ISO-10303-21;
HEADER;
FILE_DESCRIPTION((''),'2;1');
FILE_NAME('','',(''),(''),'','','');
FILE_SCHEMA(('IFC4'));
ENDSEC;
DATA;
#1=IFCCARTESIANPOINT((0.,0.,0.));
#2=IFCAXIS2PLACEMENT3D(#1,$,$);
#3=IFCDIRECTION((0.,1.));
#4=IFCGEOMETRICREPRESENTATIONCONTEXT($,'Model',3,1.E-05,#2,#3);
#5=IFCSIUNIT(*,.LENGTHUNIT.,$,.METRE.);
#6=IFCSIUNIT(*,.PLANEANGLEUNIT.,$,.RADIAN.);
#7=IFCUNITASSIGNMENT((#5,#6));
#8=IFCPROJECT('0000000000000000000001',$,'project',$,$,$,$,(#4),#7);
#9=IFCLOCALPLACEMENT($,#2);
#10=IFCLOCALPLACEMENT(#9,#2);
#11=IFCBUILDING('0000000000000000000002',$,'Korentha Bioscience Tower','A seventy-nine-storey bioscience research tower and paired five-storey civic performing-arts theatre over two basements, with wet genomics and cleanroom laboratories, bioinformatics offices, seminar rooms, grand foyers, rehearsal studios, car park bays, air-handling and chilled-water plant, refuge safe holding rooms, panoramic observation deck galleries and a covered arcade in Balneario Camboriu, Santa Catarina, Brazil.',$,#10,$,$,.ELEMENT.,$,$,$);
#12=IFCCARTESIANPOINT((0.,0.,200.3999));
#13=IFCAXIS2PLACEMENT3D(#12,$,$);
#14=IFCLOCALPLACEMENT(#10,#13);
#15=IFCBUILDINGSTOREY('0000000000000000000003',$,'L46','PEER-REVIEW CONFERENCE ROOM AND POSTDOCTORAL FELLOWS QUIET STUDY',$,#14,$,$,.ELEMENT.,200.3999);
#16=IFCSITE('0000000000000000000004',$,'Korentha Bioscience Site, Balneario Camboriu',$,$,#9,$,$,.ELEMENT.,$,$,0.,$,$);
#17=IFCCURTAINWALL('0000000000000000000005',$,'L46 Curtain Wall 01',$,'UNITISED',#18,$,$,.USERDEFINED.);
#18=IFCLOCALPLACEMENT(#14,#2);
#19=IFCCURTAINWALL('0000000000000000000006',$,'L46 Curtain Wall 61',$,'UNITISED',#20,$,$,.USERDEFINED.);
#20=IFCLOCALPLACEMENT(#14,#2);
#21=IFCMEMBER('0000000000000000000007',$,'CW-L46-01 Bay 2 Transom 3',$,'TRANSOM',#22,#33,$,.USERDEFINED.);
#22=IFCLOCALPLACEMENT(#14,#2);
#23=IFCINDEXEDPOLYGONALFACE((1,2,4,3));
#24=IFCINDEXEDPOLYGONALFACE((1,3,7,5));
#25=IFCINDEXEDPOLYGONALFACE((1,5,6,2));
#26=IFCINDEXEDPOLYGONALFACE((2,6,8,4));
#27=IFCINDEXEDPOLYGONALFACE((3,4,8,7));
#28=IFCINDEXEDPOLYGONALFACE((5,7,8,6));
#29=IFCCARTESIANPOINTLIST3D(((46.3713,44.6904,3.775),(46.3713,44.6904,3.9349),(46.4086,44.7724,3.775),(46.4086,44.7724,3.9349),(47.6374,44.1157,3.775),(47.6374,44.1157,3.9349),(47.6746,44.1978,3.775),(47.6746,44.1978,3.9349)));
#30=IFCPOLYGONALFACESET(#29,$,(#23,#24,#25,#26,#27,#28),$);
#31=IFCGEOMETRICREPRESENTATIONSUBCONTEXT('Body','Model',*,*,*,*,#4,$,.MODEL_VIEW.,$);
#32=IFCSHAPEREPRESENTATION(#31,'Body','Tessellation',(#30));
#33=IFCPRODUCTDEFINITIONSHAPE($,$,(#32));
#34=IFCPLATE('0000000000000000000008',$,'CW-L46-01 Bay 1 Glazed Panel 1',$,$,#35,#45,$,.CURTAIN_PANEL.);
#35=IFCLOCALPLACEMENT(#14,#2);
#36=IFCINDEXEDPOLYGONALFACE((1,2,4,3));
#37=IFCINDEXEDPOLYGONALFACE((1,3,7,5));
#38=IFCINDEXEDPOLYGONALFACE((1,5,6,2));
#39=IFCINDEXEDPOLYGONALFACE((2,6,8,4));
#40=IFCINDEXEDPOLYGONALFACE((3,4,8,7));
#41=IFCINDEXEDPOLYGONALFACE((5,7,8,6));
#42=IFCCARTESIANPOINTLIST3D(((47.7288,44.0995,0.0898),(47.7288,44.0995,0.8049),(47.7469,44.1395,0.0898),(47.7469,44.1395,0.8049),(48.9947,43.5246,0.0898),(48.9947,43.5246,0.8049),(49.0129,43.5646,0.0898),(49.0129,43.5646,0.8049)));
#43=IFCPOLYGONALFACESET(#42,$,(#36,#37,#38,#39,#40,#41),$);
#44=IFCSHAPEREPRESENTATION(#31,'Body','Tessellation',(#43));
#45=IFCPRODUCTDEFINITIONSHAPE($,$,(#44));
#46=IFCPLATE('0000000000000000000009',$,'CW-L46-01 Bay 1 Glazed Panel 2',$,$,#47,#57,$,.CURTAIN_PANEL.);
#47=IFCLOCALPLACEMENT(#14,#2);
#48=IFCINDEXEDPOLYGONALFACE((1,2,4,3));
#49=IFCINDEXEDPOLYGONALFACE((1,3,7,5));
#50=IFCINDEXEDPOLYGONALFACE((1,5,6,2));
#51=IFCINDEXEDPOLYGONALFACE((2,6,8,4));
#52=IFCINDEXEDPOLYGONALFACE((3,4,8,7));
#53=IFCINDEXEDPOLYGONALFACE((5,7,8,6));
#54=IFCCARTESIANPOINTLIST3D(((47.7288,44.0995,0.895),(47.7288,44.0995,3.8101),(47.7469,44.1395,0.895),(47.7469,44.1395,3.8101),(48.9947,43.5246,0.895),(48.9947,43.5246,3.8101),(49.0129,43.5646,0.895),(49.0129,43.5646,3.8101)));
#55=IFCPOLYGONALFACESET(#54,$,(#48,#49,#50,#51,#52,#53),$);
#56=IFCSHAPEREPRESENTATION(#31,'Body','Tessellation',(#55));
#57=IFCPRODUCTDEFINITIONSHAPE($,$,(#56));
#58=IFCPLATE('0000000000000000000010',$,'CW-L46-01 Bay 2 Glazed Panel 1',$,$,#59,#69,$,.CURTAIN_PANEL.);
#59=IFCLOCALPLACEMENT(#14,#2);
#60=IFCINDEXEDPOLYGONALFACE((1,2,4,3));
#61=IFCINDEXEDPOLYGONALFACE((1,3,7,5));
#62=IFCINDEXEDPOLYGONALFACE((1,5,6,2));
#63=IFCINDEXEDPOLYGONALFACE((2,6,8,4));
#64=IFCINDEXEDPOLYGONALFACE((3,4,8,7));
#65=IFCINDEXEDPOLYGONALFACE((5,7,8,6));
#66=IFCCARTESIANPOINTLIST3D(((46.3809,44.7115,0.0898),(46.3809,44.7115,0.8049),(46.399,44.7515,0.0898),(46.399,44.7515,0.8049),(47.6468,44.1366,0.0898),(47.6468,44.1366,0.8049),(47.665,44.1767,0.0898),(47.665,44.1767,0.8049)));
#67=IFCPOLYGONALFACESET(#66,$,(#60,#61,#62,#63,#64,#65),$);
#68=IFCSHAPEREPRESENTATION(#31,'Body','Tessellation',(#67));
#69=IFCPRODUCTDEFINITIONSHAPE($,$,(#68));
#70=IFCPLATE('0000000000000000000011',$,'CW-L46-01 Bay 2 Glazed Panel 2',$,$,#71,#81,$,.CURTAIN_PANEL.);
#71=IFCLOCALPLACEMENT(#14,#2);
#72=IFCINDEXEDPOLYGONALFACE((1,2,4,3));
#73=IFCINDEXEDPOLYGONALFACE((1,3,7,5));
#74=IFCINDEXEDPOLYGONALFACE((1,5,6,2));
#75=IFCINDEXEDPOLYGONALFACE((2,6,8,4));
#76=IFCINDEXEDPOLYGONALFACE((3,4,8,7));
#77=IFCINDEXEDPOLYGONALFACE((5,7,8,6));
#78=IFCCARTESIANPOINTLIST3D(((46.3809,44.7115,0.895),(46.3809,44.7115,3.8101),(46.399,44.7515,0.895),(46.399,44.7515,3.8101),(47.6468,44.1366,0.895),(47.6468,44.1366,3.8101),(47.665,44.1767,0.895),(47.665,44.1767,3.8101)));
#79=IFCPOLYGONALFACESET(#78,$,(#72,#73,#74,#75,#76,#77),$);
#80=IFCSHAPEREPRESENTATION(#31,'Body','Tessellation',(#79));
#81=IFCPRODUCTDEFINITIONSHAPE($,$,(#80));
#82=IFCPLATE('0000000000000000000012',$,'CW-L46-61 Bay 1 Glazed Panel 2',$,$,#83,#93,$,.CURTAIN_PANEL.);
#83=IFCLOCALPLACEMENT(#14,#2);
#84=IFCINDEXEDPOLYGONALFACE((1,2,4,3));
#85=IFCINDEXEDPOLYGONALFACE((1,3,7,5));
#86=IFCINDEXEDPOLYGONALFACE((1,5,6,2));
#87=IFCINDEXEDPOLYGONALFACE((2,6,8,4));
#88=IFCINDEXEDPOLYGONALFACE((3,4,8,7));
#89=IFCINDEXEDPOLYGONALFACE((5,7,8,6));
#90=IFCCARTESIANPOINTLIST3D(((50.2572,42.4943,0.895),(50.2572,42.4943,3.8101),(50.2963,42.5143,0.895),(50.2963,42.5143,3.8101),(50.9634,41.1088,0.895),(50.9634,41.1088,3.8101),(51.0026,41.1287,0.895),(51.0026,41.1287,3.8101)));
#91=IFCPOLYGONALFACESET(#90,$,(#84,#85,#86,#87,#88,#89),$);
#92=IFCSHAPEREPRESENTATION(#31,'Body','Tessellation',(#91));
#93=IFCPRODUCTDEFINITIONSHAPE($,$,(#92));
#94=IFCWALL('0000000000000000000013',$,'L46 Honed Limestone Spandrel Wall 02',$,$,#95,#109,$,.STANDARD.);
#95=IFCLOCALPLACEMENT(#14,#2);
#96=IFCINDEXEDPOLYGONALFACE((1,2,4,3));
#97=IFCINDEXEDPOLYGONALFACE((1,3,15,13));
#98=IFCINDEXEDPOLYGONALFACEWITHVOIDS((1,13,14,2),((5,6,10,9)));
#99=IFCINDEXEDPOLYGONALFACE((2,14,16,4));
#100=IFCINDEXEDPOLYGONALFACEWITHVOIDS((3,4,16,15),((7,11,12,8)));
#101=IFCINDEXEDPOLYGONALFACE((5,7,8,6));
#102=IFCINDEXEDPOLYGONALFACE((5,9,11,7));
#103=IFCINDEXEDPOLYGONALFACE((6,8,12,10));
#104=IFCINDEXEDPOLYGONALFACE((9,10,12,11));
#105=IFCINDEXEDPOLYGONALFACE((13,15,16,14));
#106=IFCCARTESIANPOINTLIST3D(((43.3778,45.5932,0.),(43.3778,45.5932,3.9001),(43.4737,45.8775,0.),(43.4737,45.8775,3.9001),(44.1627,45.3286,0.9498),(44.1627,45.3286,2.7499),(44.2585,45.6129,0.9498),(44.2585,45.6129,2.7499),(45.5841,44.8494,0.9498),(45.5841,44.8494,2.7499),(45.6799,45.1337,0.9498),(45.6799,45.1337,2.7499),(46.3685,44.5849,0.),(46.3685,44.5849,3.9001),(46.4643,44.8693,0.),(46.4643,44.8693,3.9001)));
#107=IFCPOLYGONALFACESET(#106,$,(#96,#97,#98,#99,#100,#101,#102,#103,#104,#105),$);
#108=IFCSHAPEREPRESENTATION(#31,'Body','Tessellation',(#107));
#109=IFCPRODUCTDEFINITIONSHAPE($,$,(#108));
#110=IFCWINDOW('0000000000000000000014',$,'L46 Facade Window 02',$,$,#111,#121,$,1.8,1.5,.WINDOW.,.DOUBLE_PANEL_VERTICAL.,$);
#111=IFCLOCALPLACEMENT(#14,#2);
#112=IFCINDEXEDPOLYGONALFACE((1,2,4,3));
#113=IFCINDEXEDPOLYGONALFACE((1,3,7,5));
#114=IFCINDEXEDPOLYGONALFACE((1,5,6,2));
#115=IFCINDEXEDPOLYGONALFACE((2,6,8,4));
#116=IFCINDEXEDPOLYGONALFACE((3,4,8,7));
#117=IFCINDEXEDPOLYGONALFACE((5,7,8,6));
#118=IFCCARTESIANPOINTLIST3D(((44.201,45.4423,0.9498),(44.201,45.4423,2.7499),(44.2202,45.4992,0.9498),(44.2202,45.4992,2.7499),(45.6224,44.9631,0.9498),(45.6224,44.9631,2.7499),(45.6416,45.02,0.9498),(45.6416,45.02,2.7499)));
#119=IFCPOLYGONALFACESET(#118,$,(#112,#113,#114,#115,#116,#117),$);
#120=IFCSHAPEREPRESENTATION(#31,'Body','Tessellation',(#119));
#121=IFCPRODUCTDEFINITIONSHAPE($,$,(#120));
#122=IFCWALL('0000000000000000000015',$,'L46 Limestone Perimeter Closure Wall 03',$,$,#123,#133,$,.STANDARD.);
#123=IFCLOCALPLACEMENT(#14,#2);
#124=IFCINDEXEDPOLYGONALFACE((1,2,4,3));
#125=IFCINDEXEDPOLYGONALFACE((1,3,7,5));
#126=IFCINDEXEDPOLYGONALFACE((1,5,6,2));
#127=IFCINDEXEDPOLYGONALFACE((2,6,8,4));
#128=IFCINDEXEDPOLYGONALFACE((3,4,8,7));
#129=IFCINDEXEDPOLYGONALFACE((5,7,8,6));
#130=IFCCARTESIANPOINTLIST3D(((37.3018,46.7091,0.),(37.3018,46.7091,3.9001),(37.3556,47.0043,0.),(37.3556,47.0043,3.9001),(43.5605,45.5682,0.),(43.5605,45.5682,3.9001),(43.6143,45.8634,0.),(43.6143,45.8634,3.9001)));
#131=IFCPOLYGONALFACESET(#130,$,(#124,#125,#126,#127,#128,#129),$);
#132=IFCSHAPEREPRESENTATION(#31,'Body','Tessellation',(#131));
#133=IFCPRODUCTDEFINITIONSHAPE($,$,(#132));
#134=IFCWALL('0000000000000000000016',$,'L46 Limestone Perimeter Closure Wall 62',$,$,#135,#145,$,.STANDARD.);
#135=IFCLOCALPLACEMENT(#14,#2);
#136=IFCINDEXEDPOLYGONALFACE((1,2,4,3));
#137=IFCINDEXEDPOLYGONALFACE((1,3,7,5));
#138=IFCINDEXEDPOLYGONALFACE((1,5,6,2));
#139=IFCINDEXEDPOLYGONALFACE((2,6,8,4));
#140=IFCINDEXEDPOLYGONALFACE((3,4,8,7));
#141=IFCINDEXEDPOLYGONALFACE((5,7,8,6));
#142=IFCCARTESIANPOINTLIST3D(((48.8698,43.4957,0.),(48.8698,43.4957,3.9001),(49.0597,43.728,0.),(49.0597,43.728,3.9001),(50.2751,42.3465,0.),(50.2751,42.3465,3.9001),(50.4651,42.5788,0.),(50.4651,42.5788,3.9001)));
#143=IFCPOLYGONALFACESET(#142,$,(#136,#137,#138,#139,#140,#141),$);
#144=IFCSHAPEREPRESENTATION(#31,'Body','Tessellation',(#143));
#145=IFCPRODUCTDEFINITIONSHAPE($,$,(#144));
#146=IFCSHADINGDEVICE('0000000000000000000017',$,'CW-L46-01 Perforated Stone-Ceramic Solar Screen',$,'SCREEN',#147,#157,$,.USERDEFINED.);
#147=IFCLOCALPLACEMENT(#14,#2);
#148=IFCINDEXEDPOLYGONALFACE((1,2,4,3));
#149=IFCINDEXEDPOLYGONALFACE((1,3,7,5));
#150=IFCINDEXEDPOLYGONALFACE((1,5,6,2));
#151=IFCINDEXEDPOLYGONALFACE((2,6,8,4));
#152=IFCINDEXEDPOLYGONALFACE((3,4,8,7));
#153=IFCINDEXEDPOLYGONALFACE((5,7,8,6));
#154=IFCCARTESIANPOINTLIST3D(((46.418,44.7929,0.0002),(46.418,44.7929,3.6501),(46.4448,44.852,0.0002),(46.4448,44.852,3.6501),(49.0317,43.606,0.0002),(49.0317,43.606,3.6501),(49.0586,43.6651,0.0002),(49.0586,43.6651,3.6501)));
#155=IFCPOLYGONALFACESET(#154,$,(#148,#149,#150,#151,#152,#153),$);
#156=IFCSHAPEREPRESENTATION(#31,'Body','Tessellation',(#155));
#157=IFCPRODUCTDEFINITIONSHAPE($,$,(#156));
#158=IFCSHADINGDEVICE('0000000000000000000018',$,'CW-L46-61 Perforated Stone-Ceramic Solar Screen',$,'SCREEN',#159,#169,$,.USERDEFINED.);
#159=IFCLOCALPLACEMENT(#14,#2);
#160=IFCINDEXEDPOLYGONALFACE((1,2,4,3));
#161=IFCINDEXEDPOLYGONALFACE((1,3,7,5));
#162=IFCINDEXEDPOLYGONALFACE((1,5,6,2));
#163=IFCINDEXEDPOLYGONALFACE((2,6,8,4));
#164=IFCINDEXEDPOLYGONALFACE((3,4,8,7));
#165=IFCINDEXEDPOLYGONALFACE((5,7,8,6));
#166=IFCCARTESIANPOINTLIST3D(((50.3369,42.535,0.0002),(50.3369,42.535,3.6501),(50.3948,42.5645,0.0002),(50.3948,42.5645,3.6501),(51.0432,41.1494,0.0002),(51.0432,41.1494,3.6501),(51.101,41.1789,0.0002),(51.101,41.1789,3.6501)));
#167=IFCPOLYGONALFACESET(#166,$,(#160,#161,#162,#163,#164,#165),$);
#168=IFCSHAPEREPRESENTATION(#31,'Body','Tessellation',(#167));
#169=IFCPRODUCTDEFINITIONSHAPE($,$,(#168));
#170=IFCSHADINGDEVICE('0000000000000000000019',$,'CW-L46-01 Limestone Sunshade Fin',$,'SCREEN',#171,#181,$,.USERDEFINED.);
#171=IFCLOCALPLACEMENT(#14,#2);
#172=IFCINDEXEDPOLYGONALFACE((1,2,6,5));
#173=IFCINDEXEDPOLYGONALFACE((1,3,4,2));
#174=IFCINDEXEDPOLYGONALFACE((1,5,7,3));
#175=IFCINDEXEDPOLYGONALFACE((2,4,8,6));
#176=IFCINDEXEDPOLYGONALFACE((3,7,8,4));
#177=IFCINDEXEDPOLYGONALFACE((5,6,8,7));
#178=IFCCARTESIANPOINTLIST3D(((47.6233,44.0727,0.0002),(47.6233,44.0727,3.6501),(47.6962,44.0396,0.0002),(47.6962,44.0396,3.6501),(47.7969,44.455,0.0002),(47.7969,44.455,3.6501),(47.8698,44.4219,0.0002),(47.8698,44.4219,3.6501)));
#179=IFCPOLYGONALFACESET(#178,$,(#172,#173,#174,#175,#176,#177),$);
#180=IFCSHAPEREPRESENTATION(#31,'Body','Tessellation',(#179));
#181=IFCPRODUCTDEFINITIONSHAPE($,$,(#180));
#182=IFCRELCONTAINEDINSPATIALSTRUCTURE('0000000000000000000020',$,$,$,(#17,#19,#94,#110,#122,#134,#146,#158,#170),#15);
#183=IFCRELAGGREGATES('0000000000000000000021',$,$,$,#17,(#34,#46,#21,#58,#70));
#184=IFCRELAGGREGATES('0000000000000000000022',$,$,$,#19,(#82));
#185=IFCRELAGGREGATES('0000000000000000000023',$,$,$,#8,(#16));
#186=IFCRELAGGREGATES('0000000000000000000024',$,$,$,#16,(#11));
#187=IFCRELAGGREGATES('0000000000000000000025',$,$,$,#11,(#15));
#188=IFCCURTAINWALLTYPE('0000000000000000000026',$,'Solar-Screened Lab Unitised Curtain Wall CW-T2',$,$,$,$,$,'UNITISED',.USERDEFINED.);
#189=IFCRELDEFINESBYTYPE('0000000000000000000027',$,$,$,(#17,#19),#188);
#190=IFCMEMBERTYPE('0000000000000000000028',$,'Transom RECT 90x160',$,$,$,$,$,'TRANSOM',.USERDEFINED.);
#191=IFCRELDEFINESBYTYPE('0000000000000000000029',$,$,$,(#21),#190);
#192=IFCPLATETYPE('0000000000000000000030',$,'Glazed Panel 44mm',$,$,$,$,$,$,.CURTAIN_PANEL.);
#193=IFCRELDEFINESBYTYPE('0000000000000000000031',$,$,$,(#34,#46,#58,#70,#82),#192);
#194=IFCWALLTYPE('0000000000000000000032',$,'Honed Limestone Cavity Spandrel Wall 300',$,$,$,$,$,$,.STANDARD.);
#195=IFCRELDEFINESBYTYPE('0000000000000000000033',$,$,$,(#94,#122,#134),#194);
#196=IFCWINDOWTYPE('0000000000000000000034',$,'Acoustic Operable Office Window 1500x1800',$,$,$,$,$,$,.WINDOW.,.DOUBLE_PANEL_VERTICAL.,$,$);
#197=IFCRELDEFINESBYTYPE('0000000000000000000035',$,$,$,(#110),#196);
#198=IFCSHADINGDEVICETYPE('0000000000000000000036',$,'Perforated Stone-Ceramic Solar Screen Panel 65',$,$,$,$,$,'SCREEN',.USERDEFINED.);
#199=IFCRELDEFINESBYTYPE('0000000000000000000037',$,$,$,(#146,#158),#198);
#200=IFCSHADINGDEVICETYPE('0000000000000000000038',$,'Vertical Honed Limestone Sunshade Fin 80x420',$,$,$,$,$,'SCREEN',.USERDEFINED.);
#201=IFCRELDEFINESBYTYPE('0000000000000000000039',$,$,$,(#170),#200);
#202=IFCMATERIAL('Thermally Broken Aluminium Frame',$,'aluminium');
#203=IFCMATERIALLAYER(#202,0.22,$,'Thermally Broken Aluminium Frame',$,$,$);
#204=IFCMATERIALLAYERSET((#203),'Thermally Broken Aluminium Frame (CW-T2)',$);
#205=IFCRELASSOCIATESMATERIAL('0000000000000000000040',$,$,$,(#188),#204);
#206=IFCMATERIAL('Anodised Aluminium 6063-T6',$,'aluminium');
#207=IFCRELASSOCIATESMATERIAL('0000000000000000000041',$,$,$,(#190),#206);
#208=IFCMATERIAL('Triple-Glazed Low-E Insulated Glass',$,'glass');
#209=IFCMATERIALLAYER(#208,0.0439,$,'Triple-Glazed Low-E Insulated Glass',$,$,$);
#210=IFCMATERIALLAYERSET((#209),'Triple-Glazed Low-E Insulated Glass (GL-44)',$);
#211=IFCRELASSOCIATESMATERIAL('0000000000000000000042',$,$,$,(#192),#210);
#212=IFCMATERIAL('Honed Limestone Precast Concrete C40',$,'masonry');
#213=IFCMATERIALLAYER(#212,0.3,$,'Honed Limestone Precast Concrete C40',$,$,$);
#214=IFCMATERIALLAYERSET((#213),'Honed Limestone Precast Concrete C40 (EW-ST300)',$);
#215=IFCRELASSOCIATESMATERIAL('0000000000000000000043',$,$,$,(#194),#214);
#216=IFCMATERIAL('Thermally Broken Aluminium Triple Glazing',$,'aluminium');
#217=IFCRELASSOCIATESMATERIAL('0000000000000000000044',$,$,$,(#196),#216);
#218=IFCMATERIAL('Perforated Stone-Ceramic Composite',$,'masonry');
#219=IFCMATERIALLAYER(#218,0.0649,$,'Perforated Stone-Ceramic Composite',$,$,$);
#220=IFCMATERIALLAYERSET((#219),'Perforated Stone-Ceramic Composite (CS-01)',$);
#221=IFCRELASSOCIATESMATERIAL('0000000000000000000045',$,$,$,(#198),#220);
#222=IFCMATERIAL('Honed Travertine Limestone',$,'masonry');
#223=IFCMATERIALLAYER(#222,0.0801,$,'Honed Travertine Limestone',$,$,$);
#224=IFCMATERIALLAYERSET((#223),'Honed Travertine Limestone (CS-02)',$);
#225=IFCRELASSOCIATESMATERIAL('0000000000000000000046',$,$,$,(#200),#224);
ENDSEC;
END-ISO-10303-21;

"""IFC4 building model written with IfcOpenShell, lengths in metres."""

from ifc_helpers import new_model, si_unit, direction, frame, frame_2d, origin, origin_2d, place, context, subcontext, project, spatial, rectangle, extrude, material, layer, layer_set, material_profile, profile_set, type_object, element, fill, aggregate, save


model = new_model("IFC4")

# Units and contexts
model_context = context("Model", 3, precision=1e-05, world=origin(), true_north=direction((0.0, 1.0)))
body_context = subcontext(model_context, "Body", "Model", "MODEL_VIEW")
ifc_project = project(units=[si_unit("LENGTHUNIT", "METRE"), si_unit("PLANEANGLEUNIT", "RADIAN")], contexts=[model_context])

# Site, building, storey
site_placement = place(None, origin())
site = spatial("IfcSite", under=ifc_project, at=site_placement, Name="Korentha Bioscience Site, Balneario Camboriu", CompositionType="ELEMENT", RefElevation=0.0)
building_placement = place(site_placement, origin())
building = spatial("IfcBuilding", under=site, at=building_placement, Name="Korentha Bioscience Tower", Description="A seventy-nine-storey bioscience research tower and paired five-storey civic performing-arts theatre over two basements, with wet genomics and cleanroom laboratories, bioinformatics offices, seminar rooms, grand foyers, rehearsal studios, car park bays, air-handling and chilled-water plant, refuge safe holding rooms, panoramic observation deck galleries and a covered arcade in Balneario Camboriu, Santa Catarina, Brazil.", CompositionType="ELEMENT")
storey_placement = place(building_placement, frame((0.0, 0.0, 200.3999)))
storey = spatial("IfcBuildingStorey", under=building, at=storey_placement, Name="L46", Description="PEER-REVIEW CONFERENCE ROOM AND POSTDOCTORAL FELLOWS QUIET STUDY", CompositionType="ELEMENT", Elevation=200.3999)

# Curtain wall
ifc_material_1 = material(Name="Thermally Broken Aluminium Frame", Category="aluminium")
ifc_layer_1 = layer(ifc_material_1, 0.22, Name="Thermally Broken Aluminium Frame")
ifc_layer_set_1 = layer_set([ifc_layer_1], Name="Thermally Broken Aluminium Frame (CW-T2)")
curtain_wall_type = type_object("IfcCurtainWallType", Name="Solar-Screened Lab Unitised Curtain Wall CW-T2", ElementType="UNITISED", PredefinedType="USERDEFINED", material=ifc_layer_set_1)
curtain_wall_1_placement = place(storey_placement, origin())
curtain_wall_1 = element("IfcCurtainWall", 1, at=curtain_wall_1_placement, inside=storey, type_object=curtain_wall_type, Name="L46 Curtain Wall 01", ObjectType="UNITISED", PredefinedType="USERDEFINED")
ifc_material_2 = material(Name="Anodised Aluminium 6063-T6", Category="aluminium")

# Curtain wall
curtain_wall_2_placement = place(storey_placement, origin())
curtain_wall_2 = element("IfcCurtainWall", 2, at=curtain_wall_2_placement, inside=storey, type_object=curtain_wall_type, Name="L46 Curtain Wall 61", ObjectType="UNITISED", PredefinedType="USERDEFINED")

# Member
ifc_material_profile_1 = material_profile(ifc_material_2, rectangle(XDim=0.0901, YDim=0.1599, at=origin_2d()), Name="Anodised Aluminium 6063-T6")
ifc_profile_set_1 = profile_set([ifc_material_profile_1], Name="Anodised Aluminium 6063-T6 (CW-TRN)")
member_type_1 = type_object("IfcMemberType", Name="Transom RECT 90x160", ElementType="TRANSOM", PredefinedType="USERDEFINED", material=ifc_profile_set_1)
member_1_placement = place(storey_placement, frame((47.656, 44.1567, 3.855), z_axis=(-0.910583, 0.413327, 0.0), x_axis=(-0.413327, -0.910583, 0.0)))
member_1 = element("IfcMember", 3, at=member_1_placement, type_object=member_type_1, Name="CW-L46-01 Bay 2 Transom 3", ObjectType="TRANSOM", PredefinedType="USERDEFINED", context=body_context, shape_type="SweptSolid", body=[
    extrude(rectangle(XDim=0.0901, YDim=0.1599, at=origin_2d()), origin(), (0.0, 0.0, 1.0), 1.3904),
])

# Plates
ifc_material_3 = material(Name="Triple-Glazed Low-E Insulated Glass", Category="glass")
ifc_layer_2 = layer(ifc_material_3, 0.0439, Name="Triple-Glazed Low-E Insulated Glass")
ifc_layer_set_2 = layer_set([ifc_layer_2], Name="Triple-Glazed Low-E Insulated Glass (GL-44)")
plate_type = type_object("IfcPlateType", Name="Glazed Panel 44mm", PredefinedType="CURTAIN_PANEL", material=ifc_layer_set_2)
plate_1_placement = place(storey_placement, frame((48.3708, 43.832, 0.0898), z_axis=(0.0, 0.0, 1.0), x_axis=(-0.91052, 0.413465, 0.0)))
plate_1 = element("IfcPlate", 4, at=plate_1_placement, type_object=plate_type, Name="CW-L46-01 Bay 1 Glazed Panel 1", PredefinedType="CURTAIN_PANEL", context=body_context, shape_type="SweptSolid", body=[
    extrude(rectangle(XDim=1.3904, YDim=0.0439, at=origin_2d()), origin(), (0.0, 0.0, 1.0), 0.7151),
])
plate_2_placement = place(storey_placement, frame((48.3708, 43.832, 0.895), z_axis=(0.0, 0.0, 1.0), x_axis=(-0.91052, 0.413465, 0.0)))
plate_2 = element("IfcPlate", 5, at=plate_2_placement, type_object=plate_type, Name="CW-L46-01 Bay 1 Glazed Panel 2", PredefinedType="CURTAIN_PANEL", context=body_context, shape_type="SweptSolid", body=[
    extrude(rectangle(XDim=1.3904, YDim=0.0439, at=origin_2d()), origin(), (0.0, 0.0, 1.0), 2.915),
])
plate_3_placement = place(storey_placement, frame((47.0229, 44.4441, 0.0898), z_axis=(0.0, 0.0, 1.0), x_axis=(-0.91052, 0.413465, 0.0)))
plate_3 = element("IfcPlate", 6, at=plate_3_placement, type_object=plate_type, Name="CW-L46-01 Bay 2 Glazed Panel 1", PredefinedType="CURTAIN_PANEL", context=body_context, shape_type="SweptSolid", body=[
    extrude(rectangle(XDim=1.3904, YDim=0.0439, at=origin_2d()), origin(), (0.0, 0.0, 1.0), 0.7151),
])
plate_4_placement = place(storey_placement, frame((47.0229, 44.4441, 0.895), z_axis=(0.0, 0.0, 1.0), x_axis=(-0.91052, 0.413465, 0.0)))
plate_4 = element("IfcPlate", 7, at=plate_4_placement, type_object=plate_type, Name="CW-L46-01 Bay 2 Glazed Panel 2", PredefinedType="CURTAIN_PANEL", context=body_context, shape_type="SweptSolid", body=[
    extrude(rectangle(XDim=1.3904, YDim=0.0439, at=origin_2d()), origin(), (0.0, 0.0, 1.0), 2.915),
])
aggregate(curtain_wall_1, [plate_1, plate_2, member_1, plate_3, plate_4])
plate_5_placement = place(storey_placement, frame((50.6299, 41.8115, 0.895), z_axis=(0.0, 0.0, 1.0), x_axis=(-0.454116, 0.890943, 0.0)))
plate_5 = element("IfcPlate", 8, at=plate_5_placement, type_object=plate_type, Name="CW-L46-61 Bay 1 Glazed Panel 2", PredefinedType="CURTAIN_PANEL", context=body_context, shape_type="SweptSolid", body=[
    extrude(rectangle(XDim=1.5552, YDim=0.0439, at=origin_2d()), origin(), (0.0, 0.0, 1.0), 2.915),
])
aggregate(curtain_wall_2, [plate_5])

# Wall, opening, window
ifc_material_4 = material(Name="Honed Limestone Precast Concrete C40", Category="masonry")
ifc_layer_3 = layer(ifc_material_4, 0.3, Name="Honed Limestone Precast Concrete C40")
ifc_layer_set_3 = layer_set([ifc_layer_3], Name="Honed Limestone Precast Concrete C40 (EW-ST300)")
wall_type = type_object("IfcWallType", Name="Honed Limestone Cavity Spandrel Wall 300", PredefinedType="STANDARD", material=ifc_layer_set_3)
wall_1_placement = place(storey_placement, frame((46.4165, 44.7271, 0.0), z_axis=(0.0, 0.0, 1.0), x_axis=(-0.947595, 0.319475, 0.0)))
wall_1 = element("IfcWall", 9, at=wall_1_placement, inside=storey, type_object=wall_type, Name="L46 Honed Limestone Spandrel Wall 02", PredefinedType="STANDARD", context=body_context, shape_type="SweptSolid", body=[
    extrude(rectangle(XDim=3.156, YDim=0.3, at=frame_2d((1.5781, 0.0))), origin(), (0.0, 0.0, 1.0), 3.9001),
])
opening_placement = place(wall_1_placement, frame((0.8279, 0.0, 0.95)))
opening = element("IfcOpeningElement", 10, at=opening_placement, cuts=wall_1, PredefinedType="OPENING", context=body_context, shape_type="SweptSolid", body=[
    extrude(rectangle(XDim=1.5, YDim=1.8, at=frame_2d((0.75, 0.8999))), frame((0.0, 0.165, 0.0), z_axis=(0.0, -1.0, 0.0), x_axis=(1.0, 0.0, 0.0)), (0.0, 0.0, 1.0), 0.3298),
])
ifc_material_5 = material(Name="Thermally Broken Aluminium Triple Glazing", Category="aluminium")
window_type = type_object("IfcWindowType", Name="Acoustic Operable Office Window 1500x1800", PartitioningType="DOUBLE_PANEL_VERTICAL", PredefinedType="WINDOW", material=ifc_material_5)
window_placement = place(opening_placement, origin())
window = element("IfcWindow", 11, at=window_placement, inside=storey, type_object=window_type, Name="L46 Facade Window 02", OverallHeight=1.8, OverallWidth=1.5, PartitioningType="DOUBLE_PANEL_VERTICAL", PredefinedType="WINDOW", context=body_context, shape_type="SweptSolid", body=[
    extrude(rectangle(XDim=1.5, YDim=1.8, at=frame_2d((0.75, 0.8999))), frame((0.0, 0.03, 0.0), z_axis=(0.0, -1.0, 0.0), x_axis=(1.0, 0.0, 0.0)), (0.0, 0.0, 1.0), 0.0601),
])
fill(opening, window)

# Walls
wall_2_placement = place(storey_placement, frame((43.5874, 45.7158, 0.0), z_axis=(0.0, 0.0, 1.0), x_axis=(-0.983789, 0.179328, 0.0)))
element("IfcWall", 12, at=wall_2_placement, inside=storey, type_object=wall_type, Name="L46 Limestone Perimeter Closure Wall 03", PredefinedType="STANDARD", context=body_context, shape_type="SweptSolid", body=[
    extrude(rectangle(XDim=6.3618, YDim=0.3, at=frame_2d((3.1809, 0.0))), origin(), (0.0, 0.0, 1.0), 3.9001),
])
wall_3_placement = place(storey_placement, frame((50.3701, 42.4626, 0.0), z_axis=(0.0, 0.0, 1.0), x_axis=(-0.774119, 0.63304, 0.0)))
element("IfcWall", 13, at=wall_3_placement, inside=storey, type_object=wall_type, Name="L46 Limestone Perimeter Closure Wall 62", PredefinedType="STANDARD", context=body_context, shape_type="SweptSolid", body=[
    extrude(rectangle(XDim=1.8154, YDim=0.3, at=frame_2d((0.9077, 0.0))), origin(), (0.0, 0.0, 1.0), 3.9001),
])

# Shading devices
ifc_material_6 = material(Name="Perforated Stone-Ceramic Composite", Category="masonry")
ifc_layer_4 = layer(ifc_material_6, 0.0649, Name="Perforated Stone-Ceramic Composite")
ifc_layer_set_4 = layer_set([ifc_layer_4], Name="Perforated Stone-Ceramic Composite (CS-01)")
shading_device_type_1 = type_object("IfcShadingDeviceType", Name="Perforated Stone-Ceramic Solar Screen Panel 65", ElementType="SCREEN", PredefinedType="USERDEFINED", material=ifc_layer_set_4)
shading_device_1_placement = place(storey_placement, frame((47.7383, 44.229, 0.0002), z_axis=(0.0, 0.0, 1.0), x_axis=(-0.91052, 0.413465, 0.0)))
element("IfcShadingDevice", 14, at=shading_device_1_placement, inside=storey, type_object=shading_device_type_1, Name="CW-L46-01 Perforated Stone-Ceramic Solar Screen", ObjectType="SCREEN", PredefinedType="USERDEFINED", context=body_context, shape_type="SweptSolid", body=[
    extrude(rectangle(XDim=2.8706, YDim=0.0649, at=origin_2d()), origin(), (0.0, 0.0, 1.0), 3.6499),
])
shading_device_2_placement = place(storey_placement, frame((50.719, 41.8569, 0.0002), z_axis=(0.0, 0.0, 1.0), x_axis=(-0.454116, 0.890943, 0.0)))
element("IfcShadingDevice", 15, at=shading_device_2_placement, inside=storey, type_object=shading_device_type_1, Name="CW-L46-61 Perforated Stone-Ceramic Solar Screen", ObjectType="SCREEN", PredefinedType="USERDEFINED", context=body_context, shape_type="SweptSolid", body=[
    extrude(rectangle(XDim=1.5552, YDim=0.0649, at=origin_2d()), origin(), (0.0, 0.0, 1.0), 3.6499),
])
ifc_material_7 = material(Name="Honed Travertine Limestone", Category="masonry")
ifc_layer_5 = layer(ifc_material_7, 0.0801, Name="Honed Travertine Limestone")
ifc_layer_set_5 = layer_set([ifc_layer_5], Name="Honed Travertine Limestone (CS-02)")
shading_device_type_2 = type_object("IfcShadingDeviceType", Name="Vertical Honed Limestone Sunshade Fin 80x420", ElementType="SCREEN", PredefinedType="USERDEFINED", material=ifc_layer_set_5)
for number, where, z_axis, x_axis, name in (
    (16, (47.7466, 44.2473, 0.0002), (0.0, 0.0, 1.0), (-0.91052, 0.413465, 0.0), "CW-L46-01 Limestone Sunshade Fin"),
):
    element("IfcShadingDevice", number, at=place(storey_placement, frame(where, z_axis=z_axis, x_axis=x_axis)), inside=storey, type_object=shading_device_type_2, Name=name, ObjectType="SCREEN", PredefinedType="USERDEFINED", context=body_context, shape_type="SweptSolid", body=[
        extrude(rectangle(XDim=0.0801, YDim=0.4199, at=origin_2d()), origin(), (0.0, 0.0, 1.0), 3.6499),
    ])

save(model, "model.ifc")
